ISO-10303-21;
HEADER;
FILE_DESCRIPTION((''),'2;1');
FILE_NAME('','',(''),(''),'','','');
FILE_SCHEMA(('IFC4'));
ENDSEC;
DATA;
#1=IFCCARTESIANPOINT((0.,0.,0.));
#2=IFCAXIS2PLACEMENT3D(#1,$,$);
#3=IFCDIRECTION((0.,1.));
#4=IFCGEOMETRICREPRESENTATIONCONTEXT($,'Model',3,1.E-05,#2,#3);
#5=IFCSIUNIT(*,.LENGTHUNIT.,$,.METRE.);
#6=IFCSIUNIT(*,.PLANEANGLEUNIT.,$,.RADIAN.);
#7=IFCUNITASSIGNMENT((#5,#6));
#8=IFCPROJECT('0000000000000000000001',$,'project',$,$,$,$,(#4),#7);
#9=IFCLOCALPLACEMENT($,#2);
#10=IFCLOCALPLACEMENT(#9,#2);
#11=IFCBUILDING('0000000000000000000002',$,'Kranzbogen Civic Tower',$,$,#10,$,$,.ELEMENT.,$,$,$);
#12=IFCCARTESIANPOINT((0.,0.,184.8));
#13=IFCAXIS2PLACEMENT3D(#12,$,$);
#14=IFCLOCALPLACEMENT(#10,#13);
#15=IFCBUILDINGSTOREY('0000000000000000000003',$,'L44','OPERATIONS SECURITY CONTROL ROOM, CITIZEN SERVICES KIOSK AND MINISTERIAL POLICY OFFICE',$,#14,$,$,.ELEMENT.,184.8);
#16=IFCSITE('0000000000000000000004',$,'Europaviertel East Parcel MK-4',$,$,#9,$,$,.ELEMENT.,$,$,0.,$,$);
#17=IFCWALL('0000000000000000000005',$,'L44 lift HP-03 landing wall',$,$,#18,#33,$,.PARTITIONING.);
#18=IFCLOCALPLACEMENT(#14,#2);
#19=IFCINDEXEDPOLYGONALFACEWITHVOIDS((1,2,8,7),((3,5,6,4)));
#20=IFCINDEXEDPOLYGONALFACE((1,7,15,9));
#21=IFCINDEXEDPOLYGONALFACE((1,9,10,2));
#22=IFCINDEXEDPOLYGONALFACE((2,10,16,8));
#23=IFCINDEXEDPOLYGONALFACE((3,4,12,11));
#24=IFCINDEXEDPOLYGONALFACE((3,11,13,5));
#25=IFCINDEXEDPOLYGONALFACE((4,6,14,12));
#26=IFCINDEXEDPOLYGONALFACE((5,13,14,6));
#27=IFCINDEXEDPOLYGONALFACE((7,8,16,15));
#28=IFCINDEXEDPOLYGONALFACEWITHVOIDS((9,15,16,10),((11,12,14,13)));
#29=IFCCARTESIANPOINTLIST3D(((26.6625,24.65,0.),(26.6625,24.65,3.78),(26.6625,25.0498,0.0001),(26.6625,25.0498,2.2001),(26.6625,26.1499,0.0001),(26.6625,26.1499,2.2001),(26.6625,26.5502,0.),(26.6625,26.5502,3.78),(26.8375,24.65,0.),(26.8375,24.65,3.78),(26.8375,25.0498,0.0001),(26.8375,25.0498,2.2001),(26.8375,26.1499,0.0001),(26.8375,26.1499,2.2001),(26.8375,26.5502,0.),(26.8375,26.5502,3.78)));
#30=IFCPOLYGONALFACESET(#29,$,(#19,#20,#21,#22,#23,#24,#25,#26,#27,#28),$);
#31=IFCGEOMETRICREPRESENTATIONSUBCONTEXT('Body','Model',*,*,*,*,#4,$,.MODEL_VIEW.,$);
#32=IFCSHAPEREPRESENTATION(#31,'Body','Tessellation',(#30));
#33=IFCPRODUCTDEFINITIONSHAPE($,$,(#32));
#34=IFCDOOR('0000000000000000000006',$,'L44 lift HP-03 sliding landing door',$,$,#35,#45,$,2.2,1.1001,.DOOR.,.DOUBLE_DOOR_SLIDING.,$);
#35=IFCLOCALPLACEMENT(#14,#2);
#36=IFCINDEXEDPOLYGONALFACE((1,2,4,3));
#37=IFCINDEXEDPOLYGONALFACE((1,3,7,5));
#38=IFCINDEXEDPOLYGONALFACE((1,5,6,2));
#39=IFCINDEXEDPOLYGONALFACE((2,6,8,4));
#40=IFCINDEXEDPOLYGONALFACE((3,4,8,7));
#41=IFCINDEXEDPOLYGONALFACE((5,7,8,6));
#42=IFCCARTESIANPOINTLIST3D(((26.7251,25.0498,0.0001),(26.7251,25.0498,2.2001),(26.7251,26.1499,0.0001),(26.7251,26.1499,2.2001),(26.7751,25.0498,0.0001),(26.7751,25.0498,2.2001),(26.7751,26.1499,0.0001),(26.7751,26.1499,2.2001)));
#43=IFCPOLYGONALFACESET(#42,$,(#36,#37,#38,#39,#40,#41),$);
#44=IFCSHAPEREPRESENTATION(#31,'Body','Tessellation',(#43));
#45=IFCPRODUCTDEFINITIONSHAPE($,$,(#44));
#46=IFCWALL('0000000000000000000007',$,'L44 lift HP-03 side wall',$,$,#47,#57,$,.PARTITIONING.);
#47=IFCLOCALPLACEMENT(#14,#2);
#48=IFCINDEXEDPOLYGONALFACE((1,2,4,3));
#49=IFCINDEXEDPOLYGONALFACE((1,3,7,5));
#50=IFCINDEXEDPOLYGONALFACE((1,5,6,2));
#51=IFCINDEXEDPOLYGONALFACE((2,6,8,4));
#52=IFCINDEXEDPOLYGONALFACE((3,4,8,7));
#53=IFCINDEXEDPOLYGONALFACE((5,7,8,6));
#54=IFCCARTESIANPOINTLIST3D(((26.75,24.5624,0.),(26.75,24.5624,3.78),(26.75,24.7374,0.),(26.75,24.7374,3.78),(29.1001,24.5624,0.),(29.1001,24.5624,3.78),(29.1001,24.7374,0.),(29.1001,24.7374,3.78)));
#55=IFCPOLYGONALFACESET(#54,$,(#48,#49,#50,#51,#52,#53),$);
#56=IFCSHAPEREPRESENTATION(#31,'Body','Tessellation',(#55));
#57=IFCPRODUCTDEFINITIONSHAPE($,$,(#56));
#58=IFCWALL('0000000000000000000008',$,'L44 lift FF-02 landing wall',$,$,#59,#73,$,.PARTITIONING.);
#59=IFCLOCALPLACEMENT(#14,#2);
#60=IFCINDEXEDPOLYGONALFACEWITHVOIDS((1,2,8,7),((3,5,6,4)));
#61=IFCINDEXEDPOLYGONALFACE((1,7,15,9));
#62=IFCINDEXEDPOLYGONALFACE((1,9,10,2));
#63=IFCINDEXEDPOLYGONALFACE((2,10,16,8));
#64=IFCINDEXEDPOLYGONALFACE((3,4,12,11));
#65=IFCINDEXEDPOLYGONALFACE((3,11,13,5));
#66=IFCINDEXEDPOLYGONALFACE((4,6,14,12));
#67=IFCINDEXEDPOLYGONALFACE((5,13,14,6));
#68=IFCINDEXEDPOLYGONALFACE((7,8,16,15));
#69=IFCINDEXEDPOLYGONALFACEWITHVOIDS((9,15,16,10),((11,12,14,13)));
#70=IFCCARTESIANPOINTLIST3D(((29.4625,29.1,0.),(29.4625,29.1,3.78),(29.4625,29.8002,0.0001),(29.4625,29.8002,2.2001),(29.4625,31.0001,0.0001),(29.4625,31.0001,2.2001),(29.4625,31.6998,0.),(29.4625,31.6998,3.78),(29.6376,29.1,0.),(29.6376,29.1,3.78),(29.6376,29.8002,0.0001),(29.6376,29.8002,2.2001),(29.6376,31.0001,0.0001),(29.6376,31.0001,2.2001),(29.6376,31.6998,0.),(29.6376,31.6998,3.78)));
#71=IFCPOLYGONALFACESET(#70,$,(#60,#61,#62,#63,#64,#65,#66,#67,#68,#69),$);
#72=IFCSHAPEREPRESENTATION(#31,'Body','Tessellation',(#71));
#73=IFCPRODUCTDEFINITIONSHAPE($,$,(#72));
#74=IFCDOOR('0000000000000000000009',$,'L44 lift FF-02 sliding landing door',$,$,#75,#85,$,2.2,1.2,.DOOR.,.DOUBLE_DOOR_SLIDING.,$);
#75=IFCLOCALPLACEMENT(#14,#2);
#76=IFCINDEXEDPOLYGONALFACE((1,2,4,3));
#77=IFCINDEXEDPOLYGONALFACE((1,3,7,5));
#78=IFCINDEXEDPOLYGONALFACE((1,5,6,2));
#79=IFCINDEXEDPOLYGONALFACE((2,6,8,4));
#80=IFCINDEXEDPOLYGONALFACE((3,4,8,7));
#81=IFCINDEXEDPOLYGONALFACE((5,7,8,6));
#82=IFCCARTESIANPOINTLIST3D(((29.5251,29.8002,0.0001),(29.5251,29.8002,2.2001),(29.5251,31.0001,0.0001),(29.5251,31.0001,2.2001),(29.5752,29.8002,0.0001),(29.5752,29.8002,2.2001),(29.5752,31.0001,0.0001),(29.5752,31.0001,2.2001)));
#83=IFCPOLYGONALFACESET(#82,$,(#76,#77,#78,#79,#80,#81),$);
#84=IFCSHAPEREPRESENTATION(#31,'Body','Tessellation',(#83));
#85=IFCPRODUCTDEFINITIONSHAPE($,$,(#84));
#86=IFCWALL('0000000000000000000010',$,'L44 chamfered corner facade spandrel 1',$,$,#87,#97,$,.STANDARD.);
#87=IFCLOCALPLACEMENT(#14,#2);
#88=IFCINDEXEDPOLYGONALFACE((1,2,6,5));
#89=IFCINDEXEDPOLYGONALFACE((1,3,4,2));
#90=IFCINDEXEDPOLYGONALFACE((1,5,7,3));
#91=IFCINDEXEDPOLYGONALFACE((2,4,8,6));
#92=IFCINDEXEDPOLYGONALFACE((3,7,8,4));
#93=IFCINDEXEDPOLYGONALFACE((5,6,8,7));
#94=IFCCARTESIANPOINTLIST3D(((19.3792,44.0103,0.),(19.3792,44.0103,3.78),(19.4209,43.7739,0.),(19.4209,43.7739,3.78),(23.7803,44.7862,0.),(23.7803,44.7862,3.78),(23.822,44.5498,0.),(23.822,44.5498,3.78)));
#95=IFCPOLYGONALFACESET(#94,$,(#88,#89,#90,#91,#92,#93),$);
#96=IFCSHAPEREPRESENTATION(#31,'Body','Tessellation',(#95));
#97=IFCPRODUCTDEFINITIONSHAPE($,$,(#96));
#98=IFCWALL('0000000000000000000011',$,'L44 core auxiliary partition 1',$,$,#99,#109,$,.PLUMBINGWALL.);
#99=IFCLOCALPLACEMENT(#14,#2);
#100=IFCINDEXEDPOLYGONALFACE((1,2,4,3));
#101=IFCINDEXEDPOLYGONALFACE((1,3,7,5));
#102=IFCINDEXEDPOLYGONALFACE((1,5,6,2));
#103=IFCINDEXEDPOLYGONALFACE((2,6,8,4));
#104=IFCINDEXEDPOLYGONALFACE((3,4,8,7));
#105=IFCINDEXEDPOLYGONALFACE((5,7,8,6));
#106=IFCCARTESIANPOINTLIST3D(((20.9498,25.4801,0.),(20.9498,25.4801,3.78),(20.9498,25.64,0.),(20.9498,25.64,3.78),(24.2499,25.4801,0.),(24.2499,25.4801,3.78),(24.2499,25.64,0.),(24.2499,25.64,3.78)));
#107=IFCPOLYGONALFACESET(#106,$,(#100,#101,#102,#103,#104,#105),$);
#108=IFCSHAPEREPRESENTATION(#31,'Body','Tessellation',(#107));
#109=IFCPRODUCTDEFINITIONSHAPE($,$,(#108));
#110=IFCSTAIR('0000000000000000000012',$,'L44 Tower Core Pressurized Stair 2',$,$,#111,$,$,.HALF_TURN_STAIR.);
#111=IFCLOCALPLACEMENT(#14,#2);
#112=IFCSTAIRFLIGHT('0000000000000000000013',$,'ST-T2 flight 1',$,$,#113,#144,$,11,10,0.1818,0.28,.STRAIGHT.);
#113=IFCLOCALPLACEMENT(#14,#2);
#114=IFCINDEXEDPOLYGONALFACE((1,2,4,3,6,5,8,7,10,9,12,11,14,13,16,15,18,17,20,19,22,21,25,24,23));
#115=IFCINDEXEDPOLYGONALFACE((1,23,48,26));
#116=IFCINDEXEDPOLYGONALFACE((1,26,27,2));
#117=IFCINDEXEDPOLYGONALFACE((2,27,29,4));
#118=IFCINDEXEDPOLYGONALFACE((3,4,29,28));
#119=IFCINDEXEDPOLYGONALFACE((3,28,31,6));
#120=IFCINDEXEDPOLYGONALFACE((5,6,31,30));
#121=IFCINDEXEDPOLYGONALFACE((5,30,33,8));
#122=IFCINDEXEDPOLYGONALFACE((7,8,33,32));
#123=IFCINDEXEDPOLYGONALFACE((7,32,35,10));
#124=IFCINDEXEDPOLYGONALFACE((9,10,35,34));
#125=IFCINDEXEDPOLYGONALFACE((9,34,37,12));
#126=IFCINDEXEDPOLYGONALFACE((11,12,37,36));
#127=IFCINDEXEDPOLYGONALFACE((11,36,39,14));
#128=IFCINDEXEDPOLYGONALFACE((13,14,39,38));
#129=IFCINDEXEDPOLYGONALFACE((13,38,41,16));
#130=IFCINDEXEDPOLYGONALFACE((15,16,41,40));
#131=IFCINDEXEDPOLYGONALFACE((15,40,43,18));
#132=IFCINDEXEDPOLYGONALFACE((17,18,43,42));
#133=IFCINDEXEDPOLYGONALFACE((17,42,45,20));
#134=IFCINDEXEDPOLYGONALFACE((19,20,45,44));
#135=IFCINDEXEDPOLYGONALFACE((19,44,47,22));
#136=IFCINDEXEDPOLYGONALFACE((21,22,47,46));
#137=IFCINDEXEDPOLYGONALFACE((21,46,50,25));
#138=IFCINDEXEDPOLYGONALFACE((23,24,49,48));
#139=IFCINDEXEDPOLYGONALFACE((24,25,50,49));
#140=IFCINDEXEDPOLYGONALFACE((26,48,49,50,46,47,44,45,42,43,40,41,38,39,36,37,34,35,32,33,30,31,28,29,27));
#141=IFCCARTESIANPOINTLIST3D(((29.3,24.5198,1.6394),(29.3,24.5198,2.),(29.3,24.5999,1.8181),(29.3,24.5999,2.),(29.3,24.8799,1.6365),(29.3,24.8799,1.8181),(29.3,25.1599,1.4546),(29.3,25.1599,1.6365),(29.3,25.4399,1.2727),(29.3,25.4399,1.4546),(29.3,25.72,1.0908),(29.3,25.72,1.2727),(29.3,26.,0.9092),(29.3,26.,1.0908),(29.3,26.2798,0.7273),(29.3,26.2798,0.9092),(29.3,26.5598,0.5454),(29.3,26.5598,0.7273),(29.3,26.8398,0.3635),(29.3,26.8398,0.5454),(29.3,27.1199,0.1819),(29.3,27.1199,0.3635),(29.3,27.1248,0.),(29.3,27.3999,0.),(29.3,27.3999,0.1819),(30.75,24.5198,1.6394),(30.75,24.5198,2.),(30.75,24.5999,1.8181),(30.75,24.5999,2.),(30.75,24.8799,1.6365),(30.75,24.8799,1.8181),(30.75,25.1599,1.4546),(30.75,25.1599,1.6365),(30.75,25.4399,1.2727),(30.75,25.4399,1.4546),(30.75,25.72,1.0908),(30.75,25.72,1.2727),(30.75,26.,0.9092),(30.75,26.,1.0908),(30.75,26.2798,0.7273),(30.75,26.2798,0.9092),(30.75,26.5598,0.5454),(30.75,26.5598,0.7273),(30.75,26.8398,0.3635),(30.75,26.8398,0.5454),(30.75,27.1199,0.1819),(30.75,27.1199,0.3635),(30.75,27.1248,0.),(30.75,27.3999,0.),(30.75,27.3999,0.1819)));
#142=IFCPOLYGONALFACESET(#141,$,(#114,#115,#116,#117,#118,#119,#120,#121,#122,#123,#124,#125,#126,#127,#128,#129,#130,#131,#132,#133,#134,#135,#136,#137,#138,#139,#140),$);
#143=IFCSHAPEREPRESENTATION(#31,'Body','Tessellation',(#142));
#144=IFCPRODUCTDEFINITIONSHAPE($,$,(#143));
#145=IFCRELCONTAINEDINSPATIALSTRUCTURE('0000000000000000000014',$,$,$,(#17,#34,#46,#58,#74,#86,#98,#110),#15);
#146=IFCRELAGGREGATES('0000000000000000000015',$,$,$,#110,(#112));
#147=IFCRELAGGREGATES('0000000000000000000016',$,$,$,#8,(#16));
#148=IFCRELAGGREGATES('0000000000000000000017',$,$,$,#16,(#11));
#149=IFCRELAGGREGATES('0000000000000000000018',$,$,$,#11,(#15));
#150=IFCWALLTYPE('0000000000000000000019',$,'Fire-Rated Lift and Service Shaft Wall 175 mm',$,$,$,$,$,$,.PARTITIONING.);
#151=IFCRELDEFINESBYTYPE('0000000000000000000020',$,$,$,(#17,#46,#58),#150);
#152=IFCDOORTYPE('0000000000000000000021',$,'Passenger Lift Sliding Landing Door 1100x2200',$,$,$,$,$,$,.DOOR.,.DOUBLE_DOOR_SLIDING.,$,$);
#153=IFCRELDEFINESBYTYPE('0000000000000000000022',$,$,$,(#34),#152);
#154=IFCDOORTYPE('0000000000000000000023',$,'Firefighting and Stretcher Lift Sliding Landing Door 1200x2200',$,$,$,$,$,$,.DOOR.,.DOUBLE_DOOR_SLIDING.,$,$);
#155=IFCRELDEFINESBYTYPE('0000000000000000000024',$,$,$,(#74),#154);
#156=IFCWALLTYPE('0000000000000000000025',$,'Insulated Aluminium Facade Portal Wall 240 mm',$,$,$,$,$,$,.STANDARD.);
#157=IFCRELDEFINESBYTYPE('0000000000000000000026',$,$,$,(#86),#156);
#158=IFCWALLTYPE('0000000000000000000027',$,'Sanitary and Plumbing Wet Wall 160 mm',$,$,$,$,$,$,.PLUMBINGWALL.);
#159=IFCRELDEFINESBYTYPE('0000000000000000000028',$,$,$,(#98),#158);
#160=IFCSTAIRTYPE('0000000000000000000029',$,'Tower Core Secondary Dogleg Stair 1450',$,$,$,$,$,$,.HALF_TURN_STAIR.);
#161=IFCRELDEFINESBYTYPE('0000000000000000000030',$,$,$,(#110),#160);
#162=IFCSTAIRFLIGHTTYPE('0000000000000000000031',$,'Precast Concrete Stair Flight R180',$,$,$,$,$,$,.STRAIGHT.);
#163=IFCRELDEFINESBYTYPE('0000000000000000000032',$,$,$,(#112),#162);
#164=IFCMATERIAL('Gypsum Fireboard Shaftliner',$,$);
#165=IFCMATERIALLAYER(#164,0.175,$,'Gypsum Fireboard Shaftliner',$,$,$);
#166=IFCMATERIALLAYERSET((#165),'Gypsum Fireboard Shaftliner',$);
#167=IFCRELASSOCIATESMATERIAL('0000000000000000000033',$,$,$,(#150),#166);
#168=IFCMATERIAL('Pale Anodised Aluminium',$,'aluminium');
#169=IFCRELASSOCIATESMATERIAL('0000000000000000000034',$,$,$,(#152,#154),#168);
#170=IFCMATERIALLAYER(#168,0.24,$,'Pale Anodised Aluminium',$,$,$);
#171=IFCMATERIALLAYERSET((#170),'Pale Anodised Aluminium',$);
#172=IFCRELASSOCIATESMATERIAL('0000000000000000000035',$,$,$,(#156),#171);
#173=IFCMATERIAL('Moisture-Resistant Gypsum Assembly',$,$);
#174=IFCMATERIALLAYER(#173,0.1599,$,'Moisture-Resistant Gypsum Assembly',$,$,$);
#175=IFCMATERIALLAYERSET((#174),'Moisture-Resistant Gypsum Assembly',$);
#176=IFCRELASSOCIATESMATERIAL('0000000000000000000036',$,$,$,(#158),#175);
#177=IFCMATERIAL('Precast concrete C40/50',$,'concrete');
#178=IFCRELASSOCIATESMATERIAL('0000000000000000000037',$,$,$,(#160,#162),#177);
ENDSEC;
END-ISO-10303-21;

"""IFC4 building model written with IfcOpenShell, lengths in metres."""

from ifc_helpers import new_model, si_unit, direction, frame, frame_2d, origin, place, context, subcontext, project, spatial, polyline, rectangle, outline, extrude, material, layer, layer_set, type_object, element, fill, aggregate, save


model = new_model("IFC4")

# Units and contexts
model_context = context("Model", 3, precision=1e-05, world=origin(), true_north=direction((0.0, 1.0)))
body_context = subcontext(model_context, "Body", "Model", "MODEL_VIEW")
ifc_project = project(units=[si_unit("LENGTHUNIT", "METRE"), si_unit("PLANEANGLEUNIT", "RADIAN")], contexts=[model_context])

# Site, building, storey
site_placement = place(None, origin())
site = spatial("IfcSite", under=ifc_project, at=site_placement, Name="Europaviertel East Parcel MK-4", CompositionType="ELEMENT", RefElevation=0.0)
building_placement = place(site_placement, origin())
building = spatial("IfcBuilding", under=site, at=building_placement, Name="Kranzbogen Civic Tower", CompositionType="ELEMENT")
storey_placement = place(building_placement, frame((0.0, 0.0, 184.8)))
storey = spatial("IfcBuildingStorey", under=building, at=storey_placement, Name="L44", Description="OPERATIONS SECURITY CONTROL ROOM, CITIZEN SERVICES KIOSK AND MINISTERIAL POLICY OFFICE", CompositionType="ELEMENT", Elevation=184.8)

# Shared definitions
ifc_material_1 = material(Name="Pale Anodised Aluminium", Category="aluminium")

# Wall, opening, door
ifc_material_2 = material(Name="Gypsum Fireboard Shaftliner")
ifc_layer_1 = layer(ifc_material_2, 0.175, Name="Gypsum Fireboard Shaftliner")
ifc_layer_set_1 = layer_set([ifc_layer_1], Name="Gypsum Fireboard Shaftliner")
wall_type_1 = type_object("IfcWallType", Name="Fire-Rated Lift and Service Shaft Wall 175 mm", PredefinedType="PARTITIONING", material=ifc_layer_set_1)
wall_1_placement = place(storey_placement, frame((26.75, 24.6499, 0.0), z_axis=(0.0, 0.0, 1.0), x_axis=(0.0, 1.0, 0.0)))
wall_1 = element("IfcWall", 1, at=wall_1_placement, inside=storey, type_object=wall_type_1, Name="L44 lift HP-03 landing wall", PredefinedType="PARTITIONING", context=body_context, shape_type="SweptSolid", body=[
    extrude(rectangle(XDim=1.9001, YDim=0.175, at=frame_2d((0.9502, 0.0))), origin(), (0.0, 0.0, 1.0), 3.78),
])
opening_1_placement = place(wall_1_placement, frame((0.3999, 0.0, 0.0)))
opening_1 = element("IfcOpeningElement", 2, at=opening_1_placement, cuts=wall_1, PredefinedType="OPENING", context=body_context, shape_type="SweptSolid", body=[
    extrude(rectangle(XDim=1.1001, YDim=2.2, at=frame_2d((0.55, 1.1001))), frame((0.0, 0.0977, 0.0), z_axis=(0.0, -1.0, 0.0), x_axis=(1.0, 0.0, 0.0)), (0.0, 0.0, 1.0), 0.1951),
])
door_type_1 = type_object("IfcDoorType", Name="Passenger Lift Sliding Landing Door 1100x2200", OperationType="DOUBLE_DOOR_SLIDING", PredefinedType="DOOR", material=ifc_material_1)
door_1_placement = place(opening_1_placement, origin())
door_1 = element("IfcDoor", 3, at=door_1_placement, inside=storey, type_object=door_type_1, Name="L44 lift HP-03 sliding landing door", OperationType="DOUBLE_DOOR_SLIDING", OverallHeight=2.2, OverallWidth=1.1001, PredefinedType="DOOR", context=body_context, shape_type="SweptSolid", body=[
    extrude(rectangle(XDim=1.1001, YDim=2.2, at=frame_2d((0.55, 1.1001))), frame((0.0, 0.0249, 0.0), z_axis=(0.0, -1.0, 0.0), x_axis=(1.0, 0.0, 0.0)), (0.0, 0.0, 1.0), 0.05),
])
fill(opening_1, door_1)

# Wall
wall_2_placement = place(storey_placement, frame((26.75, 24.6499, 0.0), z_axis=(0.0, 0.0, 1.0), x_axis=(1.0, 0.0, 0.0)))
element("IfcWall", 4, at=wall_2_placement, inside=storey, type_object=wall_type_1, Name="L44 lift HP-03 side wall", PredefinedType="PARTITIONING", context=body_context, shape_type="SweptSolid", body=[
    extrude(rectangle(XDim=2.3501, YDim=0.175, at=frame_2d((1.175, 0.0))), origin(), (0.0, 0.0, 1.0), 3.78),
])

# Wall, opening, door
wall_3_placement = place(storey_placement, frame((29.55, 29.1001, 0.0), z_axis=(0.0, 0.0, 1.0), x_axis=(0.0, 1.0, 0.0)))
wall_3 = element("IfcWall", 5, at=wall_3_placement, inside=storey, type_object=wall_type_1, Name="L44 lift FF-02 landing wall", PredefinedType="PARTITIONING", context=body_context, shape_type="SweptSolid", body=[
    extrude(rectangle(XDim=2.5999, YDim=0.175, at=frame_2d((1.2998, 0.0))), origin(), (0.0, 0.0, 1.0), 3.78),
])
opening_2_placement = place(wall_3_placement, frame((0.7, 0.0, 0.0)))
opening_2 = element("IfcOpeningElement", 6, at=opening_2_placement, cuts=wall_3, PredefinedType="OPENING", context=body_context, shape_type="SweptSolid", body=[
    extrude(rectangle(XDim=1.2, YDim=2.2, at=frame_2d((0.6001, 1.1001))), frame((0.0, 0.0977, 0.0), z_axis=(0.0, -1.0, 0.0), x_axis=(1.0, 0.0, 0.0)), (0.0, 0.0, 1.0), 0.1951),
])
door_type_2 = type_object("IfcDoorType", Name="Firefighting and Stretcher Lift Sliding Landing Door 1200x2200", OperationType="DOUBLE_DOOR_SLIDING", PredefinedType="DOOR", material=ifc_material_1)
door_2_placement = place(opening_2_placement, origin())
door_2 = element("IfcDoor", 7, at=door_2_placement, inside=storey, type_object=door_type_2, Name="L44 lift FF-02 sliding landing door", OperationType="DOUBLE_DOOR_SLIDING", OverallHeight=2.2, OverallWidth=1.2, PredefinedType="DOOR", context=body_context, shape_type="SweptSolid", body=[
    extrude(rectangle(XDim=1.2, YDim=2.2, at=frame_2d((0.6001, 1.1001))), frame((0.0, 0.0249, 0.0), z_axis=(0.0, -1.0, 0.0), x_axis=(1.0, 0.0, 0.0)), (0.0, 0.0, 1.0), 0.05),
])
fill(opening_2, door_2)

# Walls
ifc_layer_2 = layer(ifc_material_1, 0.24, Name="Pale Anodised Aluminium")
ifc_layer_set_2 = layer_set([ifc_layer_2], Name="Pale Anodised Aluminium")
wall_type_2 = type_object("IfcWallType", Name="Insulated Aluminium Facade Portal Wall 240 mm", PredefinedType="STANDARD", material=ifc_layer_set_2)
wall_4_placement = place(storey_placement, frame((23.801, 44.668, 0.0), z_axis=(0.0, 0.0, 1.0), x_axis=(-0.984814, -0.173614, 0.0)))
element("IfcWall", 8, at=wall_4_placement, inside=storey, type_object=wall_type_2, Name="L44 chamfered corner facade spandrel 1", PredefinedType="STANDARD", context=body_context, shape_type="SweptSolid", body=[
    extrude(rectangle(XDim=4.469, YDim=0.24, at=frame_2d((2.2344, 0.0))), origin(), (0.0, 0.0, 1.0), 3.78),
])
ifc_material_3 = material(Name="Moisture-Resistant Gypsum Assembly")
ifc_layer_3 = layer(ifc_material_3, 0.1599, Name="Moisture-Resistant Gypsum Assembly")
ifc_layer_set_3 = layer_set([ifc_layer_3], Name="Moisture-Resistant Gypsum Assembly")
wall_type_3 = type_object("IfcWallType", Name="Sanitary and Plumbing Wet Wall 160 mm", PredefinedType="PLUMBINGWALL", material=ifc_layer_set_3)
wall_5_placement = place(storey_placement, frame((20.95, 25.5601, 0.0), z_axis=(0.0, 0.0, 1.0), x_axis=(1.0, 0.0, 0.0)))
element("IfcWall", 9, at=wall_5_placement, inside=storey, type_object=wall_type_3, Name="L44 core auxiliary partition 1", PredefinedType="PLUMBINGWALL", context=body_context, shape_type="SweptSolid", body=[
    extrude(rectangle(XDim=3.3, YDim=0.1599, at=frame_2d((1.6499, 0.0))), origin(), (0.0, 0.0, 1.0), 3.78),
])

# Stair, stair flight
ifc_material_4 = material(Name="Precast concrete C40/50", Category="concrete")
stair_type = type_object("IfcStairType", Name="Tower Core Secondary Dogleg Stair 1450", PredefinedType="HALF_TURN_STAIR", material=ifc_material_4)
stair_placement = place(storey_placement, origin())
stair = element("IfcStair", 10, at=stair_placement, inside=storey, type_object=stair_type, Name="L44 Tower Core Pressurized Stair 2", PredefinedType="HALF_TURN_STAIR")
stair_flight_type = type_object("IfcStairFlightType", Name="Precast Concrete Stair Flight R180", PredefinedType="STRAIGHT", material=ifc_material_4)
stair_flight_placement = place(storey_placement, frame((30.0249, 27.3999, 0.0), z_axis=(0.0, 0.0, 1.0), x_axis=(0.0, -1.0, 0.0)))
stair_flight = element("IfcStairFlight", 11, at=stair_flight_placement, type_object=stair_flight_type, Name="ST-T2 flight 1", NumberOfRisers=11, NumberOfTreads=10, PredefinedType="STRAIGHT", RiserHeight=0.1818, TreadLength=0.28, context=body_context, shape_type="SweptSolid", body=[
    extrude(outline(polyline([(0.0, 0.0), (0.0, 0.1819), (0.28, 0.1819), (0.28, 0.3635), (0.5601, 0.3635), (0.5601, 0.5454), (0.8401, 0.5454), (0.8401, 0.7273), (1.1201, 0.7273), (1.1201, 0.9092), (1.3999, 0.9092), (1.3999, 1.0908), (1.6799, 1.0908), (1.6799, 1.2727), (1.96, 1.2727), (1.96, 1.4546), (2.24, 1.4546), (2.24, 1.6365), (2.52, 1.6365), (2.52, 1.8181), (2.8, 1.8181), (2.8, 2.0), (2.8801, 2.0), (2.8801, 1.6394), (0.2751, 0.0), (0.0, 0.0)])), frame((0.0, 0.7251, 0.0), z_axis=(0.0, -1.0, 0.0), x_axis=(1.0, 0.0, 0.0)), (0.0, 0.0, 1.0), 1.45),
])
aggregate(stair, [stair_flight])

save(model, "model.ifc")
